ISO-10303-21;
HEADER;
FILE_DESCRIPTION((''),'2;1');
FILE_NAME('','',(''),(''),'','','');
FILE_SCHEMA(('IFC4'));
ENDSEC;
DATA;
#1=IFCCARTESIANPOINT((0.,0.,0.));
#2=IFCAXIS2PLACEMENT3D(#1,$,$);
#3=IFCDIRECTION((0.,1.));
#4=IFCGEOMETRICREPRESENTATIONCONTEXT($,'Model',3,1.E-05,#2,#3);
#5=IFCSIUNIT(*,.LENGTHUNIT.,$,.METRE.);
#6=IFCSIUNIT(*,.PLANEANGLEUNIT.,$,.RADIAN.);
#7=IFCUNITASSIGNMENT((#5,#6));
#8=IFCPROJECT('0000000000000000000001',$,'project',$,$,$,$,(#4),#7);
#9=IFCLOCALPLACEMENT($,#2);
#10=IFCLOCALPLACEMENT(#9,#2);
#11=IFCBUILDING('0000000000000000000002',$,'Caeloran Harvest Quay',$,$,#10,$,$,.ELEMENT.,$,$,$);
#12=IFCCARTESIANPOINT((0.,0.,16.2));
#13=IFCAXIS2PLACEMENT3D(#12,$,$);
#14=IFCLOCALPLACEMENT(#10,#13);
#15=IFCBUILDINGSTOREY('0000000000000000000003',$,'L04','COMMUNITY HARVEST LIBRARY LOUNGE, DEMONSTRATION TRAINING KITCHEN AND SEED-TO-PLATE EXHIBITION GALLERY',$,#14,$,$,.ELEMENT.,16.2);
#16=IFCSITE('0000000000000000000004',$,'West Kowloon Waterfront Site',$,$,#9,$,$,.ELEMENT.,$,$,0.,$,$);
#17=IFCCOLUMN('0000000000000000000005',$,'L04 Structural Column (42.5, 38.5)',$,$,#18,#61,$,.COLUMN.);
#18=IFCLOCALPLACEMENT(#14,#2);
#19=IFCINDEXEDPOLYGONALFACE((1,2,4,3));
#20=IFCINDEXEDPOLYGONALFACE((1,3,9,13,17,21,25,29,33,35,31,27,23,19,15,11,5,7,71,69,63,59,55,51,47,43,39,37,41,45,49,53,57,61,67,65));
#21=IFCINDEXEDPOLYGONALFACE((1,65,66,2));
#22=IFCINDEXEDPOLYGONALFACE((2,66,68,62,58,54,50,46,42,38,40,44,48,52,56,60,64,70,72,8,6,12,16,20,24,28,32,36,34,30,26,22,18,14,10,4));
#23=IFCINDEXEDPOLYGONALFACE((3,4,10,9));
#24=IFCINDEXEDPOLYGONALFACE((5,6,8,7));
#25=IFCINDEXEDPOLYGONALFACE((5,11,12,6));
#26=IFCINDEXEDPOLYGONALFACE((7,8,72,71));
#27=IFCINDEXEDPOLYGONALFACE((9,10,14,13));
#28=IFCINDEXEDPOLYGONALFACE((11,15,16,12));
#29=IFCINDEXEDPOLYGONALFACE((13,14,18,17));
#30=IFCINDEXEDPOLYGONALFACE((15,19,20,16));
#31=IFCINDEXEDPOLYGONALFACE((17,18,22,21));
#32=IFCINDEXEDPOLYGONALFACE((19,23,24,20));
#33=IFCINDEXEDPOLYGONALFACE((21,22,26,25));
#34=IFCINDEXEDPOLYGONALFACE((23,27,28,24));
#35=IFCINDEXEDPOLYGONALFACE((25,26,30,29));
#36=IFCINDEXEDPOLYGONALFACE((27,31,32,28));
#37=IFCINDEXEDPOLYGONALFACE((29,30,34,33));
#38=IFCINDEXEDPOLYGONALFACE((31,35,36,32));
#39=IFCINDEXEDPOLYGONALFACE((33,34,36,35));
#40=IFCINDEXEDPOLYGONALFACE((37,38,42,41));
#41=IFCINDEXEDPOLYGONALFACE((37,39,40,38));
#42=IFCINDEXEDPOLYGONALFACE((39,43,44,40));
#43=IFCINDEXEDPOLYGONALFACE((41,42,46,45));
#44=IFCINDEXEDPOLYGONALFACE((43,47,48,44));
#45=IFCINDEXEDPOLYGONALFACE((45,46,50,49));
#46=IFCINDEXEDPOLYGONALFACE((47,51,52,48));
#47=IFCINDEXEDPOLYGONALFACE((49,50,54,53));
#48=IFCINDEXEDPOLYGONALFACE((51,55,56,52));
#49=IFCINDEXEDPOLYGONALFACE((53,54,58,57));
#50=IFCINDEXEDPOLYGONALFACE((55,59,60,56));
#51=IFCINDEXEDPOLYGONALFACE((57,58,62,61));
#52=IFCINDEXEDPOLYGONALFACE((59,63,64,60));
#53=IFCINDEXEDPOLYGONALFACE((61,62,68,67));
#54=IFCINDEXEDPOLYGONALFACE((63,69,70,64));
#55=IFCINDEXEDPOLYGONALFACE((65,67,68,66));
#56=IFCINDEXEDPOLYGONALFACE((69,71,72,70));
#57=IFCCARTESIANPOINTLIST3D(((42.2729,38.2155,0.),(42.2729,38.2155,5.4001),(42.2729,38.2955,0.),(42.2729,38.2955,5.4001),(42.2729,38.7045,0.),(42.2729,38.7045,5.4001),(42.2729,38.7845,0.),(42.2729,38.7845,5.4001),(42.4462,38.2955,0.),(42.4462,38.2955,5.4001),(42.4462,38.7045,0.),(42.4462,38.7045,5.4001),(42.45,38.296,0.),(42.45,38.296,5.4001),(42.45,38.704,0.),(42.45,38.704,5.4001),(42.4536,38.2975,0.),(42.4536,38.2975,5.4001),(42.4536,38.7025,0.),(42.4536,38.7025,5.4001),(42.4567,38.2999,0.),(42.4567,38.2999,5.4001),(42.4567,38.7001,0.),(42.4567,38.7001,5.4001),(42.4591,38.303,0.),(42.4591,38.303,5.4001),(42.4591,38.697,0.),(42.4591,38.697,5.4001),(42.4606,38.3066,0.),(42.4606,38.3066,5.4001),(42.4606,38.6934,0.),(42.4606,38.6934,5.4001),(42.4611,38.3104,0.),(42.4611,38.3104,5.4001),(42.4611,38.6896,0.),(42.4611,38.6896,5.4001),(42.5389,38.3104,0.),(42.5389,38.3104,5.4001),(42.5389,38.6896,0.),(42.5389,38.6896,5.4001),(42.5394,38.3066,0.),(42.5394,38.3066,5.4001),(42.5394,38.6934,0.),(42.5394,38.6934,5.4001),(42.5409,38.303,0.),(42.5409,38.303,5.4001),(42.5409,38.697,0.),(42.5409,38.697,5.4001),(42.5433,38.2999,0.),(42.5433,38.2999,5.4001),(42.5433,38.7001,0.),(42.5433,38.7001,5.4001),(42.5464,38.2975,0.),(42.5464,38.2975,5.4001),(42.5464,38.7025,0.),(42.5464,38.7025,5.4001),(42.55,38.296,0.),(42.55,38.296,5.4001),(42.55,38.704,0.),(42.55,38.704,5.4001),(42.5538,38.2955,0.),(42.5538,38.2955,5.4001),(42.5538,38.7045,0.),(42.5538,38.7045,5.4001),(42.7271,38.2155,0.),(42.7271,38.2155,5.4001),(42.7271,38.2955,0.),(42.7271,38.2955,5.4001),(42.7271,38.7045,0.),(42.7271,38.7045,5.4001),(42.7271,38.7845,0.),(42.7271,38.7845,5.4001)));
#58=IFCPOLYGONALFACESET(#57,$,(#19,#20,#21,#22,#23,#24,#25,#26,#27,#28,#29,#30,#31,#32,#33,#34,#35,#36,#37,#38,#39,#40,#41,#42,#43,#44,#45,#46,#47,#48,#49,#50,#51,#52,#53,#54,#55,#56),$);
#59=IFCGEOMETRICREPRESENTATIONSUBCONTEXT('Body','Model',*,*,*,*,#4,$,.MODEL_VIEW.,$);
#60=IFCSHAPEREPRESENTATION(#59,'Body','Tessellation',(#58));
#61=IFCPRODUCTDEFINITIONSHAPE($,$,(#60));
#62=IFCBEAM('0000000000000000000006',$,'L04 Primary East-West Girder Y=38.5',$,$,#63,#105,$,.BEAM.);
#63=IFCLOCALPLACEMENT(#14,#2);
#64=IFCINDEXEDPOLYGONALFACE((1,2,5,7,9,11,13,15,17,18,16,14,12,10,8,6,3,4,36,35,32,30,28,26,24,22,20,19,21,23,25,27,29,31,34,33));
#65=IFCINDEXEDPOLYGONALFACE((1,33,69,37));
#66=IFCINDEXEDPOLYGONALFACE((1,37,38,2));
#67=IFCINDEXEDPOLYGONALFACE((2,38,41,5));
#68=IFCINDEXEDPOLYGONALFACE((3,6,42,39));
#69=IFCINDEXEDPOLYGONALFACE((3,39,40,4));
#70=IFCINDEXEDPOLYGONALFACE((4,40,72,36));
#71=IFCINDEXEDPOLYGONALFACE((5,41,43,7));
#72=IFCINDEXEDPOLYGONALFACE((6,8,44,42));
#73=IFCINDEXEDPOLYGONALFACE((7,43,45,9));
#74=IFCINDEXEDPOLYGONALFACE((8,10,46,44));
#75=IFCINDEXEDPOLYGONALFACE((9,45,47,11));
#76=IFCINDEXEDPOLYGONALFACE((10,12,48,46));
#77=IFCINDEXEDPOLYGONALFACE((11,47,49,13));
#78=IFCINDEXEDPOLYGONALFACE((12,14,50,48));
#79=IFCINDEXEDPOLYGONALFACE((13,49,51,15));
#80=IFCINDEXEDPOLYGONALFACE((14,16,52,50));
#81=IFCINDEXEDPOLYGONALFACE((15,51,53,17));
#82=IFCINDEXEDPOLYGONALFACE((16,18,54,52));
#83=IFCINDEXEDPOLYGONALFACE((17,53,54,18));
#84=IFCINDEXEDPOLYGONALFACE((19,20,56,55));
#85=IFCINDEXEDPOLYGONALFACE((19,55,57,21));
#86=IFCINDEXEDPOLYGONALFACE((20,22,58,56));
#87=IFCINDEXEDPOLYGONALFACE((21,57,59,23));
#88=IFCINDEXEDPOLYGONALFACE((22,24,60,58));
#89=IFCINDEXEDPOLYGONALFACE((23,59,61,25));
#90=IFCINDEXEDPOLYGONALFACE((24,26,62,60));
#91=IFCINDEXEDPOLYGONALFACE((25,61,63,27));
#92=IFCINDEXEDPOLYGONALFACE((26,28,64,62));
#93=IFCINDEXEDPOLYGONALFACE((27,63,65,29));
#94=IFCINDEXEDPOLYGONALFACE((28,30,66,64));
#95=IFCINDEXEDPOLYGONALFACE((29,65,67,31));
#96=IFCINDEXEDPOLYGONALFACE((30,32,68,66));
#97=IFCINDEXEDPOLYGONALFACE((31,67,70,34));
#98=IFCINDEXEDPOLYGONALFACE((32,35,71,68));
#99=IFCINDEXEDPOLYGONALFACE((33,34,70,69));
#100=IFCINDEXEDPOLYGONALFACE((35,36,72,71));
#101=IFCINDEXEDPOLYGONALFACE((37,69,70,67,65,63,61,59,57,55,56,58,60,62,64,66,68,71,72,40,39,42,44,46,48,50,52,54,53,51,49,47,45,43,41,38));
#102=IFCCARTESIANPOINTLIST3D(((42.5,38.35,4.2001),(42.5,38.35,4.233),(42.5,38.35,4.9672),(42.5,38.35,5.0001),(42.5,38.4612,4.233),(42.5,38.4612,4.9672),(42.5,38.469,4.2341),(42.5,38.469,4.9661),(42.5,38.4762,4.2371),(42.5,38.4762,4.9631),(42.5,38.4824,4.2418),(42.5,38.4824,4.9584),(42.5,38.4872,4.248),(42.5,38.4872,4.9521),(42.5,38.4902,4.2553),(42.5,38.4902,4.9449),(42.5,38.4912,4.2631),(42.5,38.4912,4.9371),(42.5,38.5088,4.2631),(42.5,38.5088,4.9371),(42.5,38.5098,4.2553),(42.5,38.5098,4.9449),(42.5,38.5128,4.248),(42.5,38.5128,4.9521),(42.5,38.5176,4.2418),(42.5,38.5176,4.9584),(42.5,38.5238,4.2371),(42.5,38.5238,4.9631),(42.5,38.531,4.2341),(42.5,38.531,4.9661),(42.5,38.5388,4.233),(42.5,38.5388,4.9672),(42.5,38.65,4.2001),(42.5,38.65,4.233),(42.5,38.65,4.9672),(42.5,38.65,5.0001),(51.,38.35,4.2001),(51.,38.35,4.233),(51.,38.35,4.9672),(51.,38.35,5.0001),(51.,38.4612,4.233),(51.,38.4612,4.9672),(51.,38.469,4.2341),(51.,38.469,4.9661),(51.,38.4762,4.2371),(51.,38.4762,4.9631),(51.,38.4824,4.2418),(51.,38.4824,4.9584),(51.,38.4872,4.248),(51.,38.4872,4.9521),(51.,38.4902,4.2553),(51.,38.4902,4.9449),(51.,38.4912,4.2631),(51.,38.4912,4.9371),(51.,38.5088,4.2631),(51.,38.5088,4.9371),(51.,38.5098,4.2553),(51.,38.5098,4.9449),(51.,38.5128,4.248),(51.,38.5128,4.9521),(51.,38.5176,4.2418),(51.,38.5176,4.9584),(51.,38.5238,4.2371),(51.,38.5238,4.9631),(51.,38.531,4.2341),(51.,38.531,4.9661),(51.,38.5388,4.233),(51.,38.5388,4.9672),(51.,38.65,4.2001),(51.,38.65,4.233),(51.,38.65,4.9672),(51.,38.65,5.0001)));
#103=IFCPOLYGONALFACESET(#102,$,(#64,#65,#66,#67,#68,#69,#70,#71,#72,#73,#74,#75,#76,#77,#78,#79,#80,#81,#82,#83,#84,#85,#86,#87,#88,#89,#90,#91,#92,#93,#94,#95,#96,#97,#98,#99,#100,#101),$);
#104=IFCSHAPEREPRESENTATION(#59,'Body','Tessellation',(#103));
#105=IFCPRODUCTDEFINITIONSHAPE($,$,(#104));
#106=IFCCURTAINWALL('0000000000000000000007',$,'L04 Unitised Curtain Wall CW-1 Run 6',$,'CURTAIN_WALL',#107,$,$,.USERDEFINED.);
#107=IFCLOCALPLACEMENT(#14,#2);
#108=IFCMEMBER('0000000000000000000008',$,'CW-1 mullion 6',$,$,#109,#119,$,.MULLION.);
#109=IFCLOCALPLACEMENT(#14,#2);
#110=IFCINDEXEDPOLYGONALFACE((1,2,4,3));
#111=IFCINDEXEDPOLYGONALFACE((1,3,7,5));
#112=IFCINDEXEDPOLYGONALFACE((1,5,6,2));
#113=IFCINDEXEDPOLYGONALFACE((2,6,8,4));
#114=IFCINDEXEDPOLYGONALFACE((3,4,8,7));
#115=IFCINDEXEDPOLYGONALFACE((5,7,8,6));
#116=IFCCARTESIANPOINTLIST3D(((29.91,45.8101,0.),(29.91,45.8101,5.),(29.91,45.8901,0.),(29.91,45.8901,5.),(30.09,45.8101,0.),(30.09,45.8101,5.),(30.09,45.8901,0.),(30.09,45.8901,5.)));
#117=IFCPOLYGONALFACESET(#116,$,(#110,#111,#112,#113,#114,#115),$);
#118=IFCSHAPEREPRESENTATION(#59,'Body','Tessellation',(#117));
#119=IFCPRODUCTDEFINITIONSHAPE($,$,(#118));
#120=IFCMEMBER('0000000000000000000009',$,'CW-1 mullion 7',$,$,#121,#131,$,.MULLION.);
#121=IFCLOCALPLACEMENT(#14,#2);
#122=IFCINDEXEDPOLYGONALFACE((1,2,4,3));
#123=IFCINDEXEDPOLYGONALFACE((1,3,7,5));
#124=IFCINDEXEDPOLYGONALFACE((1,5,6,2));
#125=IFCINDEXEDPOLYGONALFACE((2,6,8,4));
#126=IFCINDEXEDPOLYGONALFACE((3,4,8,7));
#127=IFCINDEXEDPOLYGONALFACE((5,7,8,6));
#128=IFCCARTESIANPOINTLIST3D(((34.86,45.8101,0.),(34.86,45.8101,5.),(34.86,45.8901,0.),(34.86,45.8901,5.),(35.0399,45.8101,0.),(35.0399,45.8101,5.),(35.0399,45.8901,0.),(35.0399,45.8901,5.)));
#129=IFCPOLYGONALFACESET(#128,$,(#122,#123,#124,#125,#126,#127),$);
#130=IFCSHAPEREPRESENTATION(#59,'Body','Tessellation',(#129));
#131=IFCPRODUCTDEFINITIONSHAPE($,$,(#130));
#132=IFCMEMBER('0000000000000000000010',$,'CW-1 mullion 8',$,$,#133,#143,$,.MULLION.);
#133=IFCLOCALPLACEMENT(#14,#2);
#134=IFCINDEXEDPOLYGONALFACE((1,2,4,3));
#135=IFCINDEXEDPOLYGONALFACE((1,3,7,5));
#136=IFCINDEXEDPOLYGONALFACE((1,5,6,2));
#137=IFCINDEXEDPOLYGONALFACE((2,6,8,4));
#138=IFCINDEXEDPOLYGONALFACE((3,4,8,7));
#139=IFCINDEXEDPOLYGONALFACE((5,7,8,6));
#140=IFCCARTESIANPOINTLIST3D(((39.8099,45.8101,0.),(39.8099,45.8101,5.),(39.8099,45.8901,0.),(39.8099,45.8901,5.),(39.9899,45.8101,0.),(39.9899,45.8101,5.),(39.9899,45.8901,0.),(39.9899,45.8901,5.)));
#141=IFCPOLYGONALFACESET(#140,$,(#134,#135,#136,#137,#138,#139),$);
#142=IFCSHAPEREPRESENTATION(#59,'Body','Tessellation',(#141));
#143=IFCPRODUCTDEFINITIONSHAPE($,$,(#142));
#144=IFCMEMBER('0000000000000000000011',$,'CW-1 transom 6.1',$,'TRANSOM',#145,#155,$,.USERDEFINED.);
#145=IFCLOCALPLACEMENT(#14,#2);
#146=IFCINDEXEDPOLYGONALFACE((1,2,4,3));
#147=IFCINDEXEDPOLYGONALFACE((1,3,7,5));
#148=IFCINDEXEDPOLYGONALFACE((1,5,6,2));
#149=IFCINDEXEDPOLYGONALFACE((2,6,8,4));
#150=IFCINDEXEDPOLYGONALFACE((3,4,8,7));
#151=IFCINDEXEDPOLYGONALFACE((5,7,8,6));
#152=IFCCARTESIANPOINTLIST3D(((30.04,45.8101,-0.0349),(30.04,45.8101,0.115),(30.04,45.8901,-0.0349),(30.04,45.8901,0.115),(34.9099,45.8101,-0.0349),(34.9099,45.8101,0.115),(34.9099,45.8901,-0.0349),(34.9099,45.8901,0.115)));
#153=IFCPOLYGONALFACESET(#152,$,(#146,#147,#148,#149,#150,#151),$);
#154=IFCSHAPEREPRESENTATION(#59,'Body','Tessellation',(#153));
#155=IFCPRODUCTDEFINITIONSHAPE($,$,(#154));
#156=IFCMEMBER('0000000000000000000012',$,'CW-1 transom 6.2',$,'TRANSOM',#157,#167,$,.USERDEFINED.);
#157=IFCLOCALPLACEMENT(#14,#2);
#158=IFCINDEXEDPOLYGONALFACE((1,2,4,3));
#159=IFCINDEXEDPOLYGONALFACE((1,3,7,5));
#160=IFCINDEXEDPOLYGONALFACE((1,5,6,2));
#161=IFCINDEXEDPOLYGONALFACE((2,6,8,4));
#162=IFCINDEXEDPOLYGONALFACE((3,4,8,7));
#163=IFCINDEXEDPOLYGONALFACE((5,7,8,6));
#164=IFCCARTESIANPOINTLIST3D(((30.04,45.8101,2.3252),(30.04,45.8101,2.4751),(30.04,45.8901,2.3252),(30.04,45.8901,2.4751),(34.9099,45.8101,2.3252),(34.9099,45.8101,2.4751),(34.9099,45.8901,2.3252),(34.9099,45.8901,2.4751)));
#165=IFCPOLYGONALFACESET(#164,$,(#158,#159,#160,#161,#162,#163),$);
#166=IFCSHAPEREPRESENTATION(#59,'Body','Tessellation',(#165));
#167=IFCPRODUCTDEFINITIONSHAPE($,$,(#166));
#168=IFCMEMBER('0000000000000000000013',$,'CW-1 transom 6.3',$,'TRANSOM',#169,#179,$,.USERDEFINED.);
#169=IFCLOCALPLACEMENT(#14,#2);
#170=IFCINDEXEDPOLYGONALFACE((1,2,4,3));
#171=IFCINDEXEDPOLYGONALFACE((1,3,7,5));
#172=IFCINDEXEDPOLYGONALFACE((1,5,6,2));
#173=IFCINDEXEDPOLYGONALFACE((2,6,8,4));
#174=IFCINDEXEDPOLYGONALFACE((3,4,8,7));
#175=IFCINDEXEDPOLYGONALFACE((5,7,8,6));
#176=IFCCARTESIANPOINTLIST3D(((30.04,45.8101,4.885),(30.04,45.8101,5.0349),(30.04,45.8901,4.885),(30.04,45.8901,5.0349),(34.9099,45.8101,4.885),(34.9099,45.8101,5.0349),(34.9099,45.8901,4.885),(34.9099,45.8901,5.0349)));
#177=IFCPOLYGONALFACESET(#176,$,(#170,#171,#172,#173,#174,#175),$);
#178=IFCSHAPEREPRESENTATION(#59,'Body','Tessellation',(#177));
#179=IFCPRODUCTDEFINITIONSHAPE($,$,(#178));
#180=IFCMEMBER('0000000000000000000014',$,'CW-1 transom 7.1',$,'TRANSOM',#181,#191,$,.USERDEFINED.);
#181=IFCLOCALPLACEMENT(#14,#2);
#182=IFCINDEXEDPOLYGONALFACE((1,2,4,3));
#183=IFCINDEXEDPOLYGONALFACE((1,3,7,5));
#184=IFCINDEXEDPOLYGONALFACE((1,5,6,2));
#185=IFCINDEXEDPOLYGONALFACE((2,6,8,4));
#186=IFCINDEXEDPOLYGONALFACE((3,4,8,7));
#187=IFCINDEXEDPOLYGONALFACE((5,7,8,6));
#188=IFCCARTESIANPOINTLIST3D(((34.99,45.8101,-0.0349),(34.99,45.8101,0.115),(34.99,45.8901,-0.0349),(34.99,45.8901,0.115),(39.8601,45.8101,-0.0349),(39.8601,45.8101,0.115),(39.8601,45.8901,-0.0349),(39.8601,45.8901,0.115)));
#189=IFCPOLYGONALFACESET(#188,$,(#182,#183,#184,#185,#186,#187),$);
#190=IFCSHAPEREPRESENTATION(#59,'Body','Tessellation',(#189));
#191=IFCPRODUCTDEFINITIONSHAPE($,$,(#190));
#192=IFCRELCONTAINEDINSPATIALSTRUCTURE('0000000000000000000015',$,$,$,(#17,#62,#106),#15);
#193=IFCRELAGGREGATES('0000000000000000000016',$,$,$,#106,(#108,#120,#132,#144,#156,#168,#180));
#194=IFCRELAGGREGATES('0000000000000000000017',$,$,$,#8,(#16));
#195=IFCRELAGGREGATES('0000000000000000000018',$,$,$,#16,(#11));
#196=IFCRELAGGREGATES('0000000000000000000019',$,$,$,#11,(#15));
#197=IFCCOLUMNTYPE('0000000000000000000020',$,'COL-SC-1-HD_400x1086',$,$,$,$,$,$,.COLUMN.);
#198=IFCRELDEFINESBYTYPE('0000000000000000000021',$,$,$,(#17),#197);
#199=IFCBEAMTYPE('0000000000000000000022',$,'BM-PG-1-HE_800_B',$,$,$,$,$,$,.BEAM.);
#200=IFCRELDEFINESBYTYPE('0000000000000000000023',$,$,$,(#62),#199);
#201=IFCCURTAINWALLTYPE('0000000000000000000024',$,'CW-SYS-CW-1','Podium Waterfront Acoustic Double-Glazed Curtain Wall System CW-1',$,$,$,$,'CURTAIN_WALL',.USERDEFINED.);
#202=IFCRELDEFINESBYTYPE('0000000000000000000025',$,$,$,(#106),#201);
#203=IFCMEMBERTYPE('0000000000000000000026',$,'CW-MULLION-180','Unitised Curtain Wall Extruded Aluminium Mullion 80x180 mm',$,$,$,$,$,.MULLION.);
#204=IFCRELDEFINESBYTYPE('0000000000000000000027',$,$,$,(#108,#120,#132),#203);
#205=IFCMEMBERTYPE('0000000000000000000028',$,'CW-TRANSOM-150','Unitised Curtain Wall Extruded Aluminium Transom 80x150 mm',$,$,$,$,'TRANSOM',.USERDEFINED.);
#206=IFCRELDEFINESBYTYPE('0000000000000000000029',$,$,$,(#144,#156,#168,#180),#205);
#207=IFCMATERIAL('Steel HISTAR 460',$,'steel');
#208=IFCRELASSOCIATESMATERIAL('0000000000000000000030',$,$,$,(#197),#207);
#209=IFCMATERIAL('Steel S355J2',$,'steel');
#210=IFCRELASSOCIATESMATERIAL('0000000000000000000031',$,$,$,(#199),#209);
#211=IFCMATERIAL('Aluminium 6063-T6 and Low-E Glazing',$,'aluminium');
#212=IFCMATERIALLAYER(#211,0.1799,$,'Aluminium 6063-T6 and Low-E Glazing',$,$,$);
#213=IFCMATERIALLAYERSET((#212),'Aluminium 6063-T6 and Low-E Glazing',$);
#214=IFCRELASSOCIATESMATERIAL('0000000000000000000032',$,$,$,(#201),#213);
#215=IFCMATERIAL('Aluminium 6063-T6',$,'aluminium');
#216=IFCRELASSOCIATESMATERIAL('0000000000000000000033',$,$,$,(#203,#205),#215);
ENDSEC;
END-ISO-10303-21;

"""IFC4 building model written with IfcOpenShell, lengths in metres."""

from ifc_helpers import new_model, si_unit, direction, frame, origin, origin_2d, place, context, subcontext, project, spatial, rectangle, i_section, extrude, material, layer, layer_set, material_profile, profile_set, type_object, element, aggregate, save


model = new_model("IFC4")

# Units and contexts
model_context = context("Model", 3, precision=1e-05, world=origin(), true_north=direction((0.0, 1.0)))
body_context = subcontext(model_context, "Body", "Model", "MODEL_VIEW")
ifc_project = project(units=[si_unit("LENGTHUNIT", "METRE"), si_unit("PLANEANGLEUNIT", "RADIAN")], contexts=[model_context])

# Site, building, storey
site_placement = place(None, origin())
site = spatial("IfcSite", under=ifc_project, at=site_placement, Name="West Kowloon Waterfront Site", CompositionType="ELEMENT", RefElevation=0.0)
building_placement = place(site_placement, origin())
building = spatial("IfcBuilding", under=site, at=building_placement, Name="Caeloran Harvest Quay", CompositionType="ELEMENT")
storey_placement = place(building_placement, frame((0.0, 0.0, 16.2)))
storey = spatial("IfcBuildingStorey", under=building, at=storey_placement, Name="L04", Description="COMMUNITY HARVEST LIBRARY LOUNGE, DEMONSTRATION TRAINING KITCHEN AND SEED-TO-PLATE EXHIBITION GALLERY", CompositionType="ELEMENT", Elevation=16.2)

# Column
ifc_material_1 = material(Name="Steel HISTAR 460", Category="steel")
ifc_material_profile_1 = material_profile(ifc_material_1, i_section(OverallWidth=0.4541, OverallDepth=0.5691, WebThickness=0.0779, FlangeThickness=0.0801, FilletRadius=0.0149, at=origin_2d()), Name="HD 400x1086")
ifc_profile_set_1 = profile_set([ifc_material_profile_1], Name="Steel HISTAR 460")
column_type = type_object("IfcColumnType", Name="COL-SC-1-HD_400x1086", PredefinedType="COLUMN", material=ifc_profile_set_1)
column_placement = place(storey_placement, frame((42.5, 38.5, 0.0), z_axis=(0.0, 0.0, 1.0), x_axis=(1.0, 0.0, 0.0)))
element("IfcColumn", 1, at=column_placement, inside=storey, type_object=column_type, Name="L04 Structural Column (42.5, 38.5)", PredefinedType="COLUMN", context=body_context, shape_type="SweptSolid", body=[
    extrude(i_section(OverallWidth=0.4541, OverallDepth=0.5691, WebThickness=0.0779, FlangeThickness=0.0801, FilletRadius=0.0149, at=origin_2d()), origin(), (0.0, 0.0, 1.0), 5.4001),
])

# Beam
ifc_material_2 = material(Name="Steel S355J2", Category="steel")
ifc_material_profile_2 = material_profile(ifc_material_2, i_section(OverallWidth=0.3, OverallDepth=0.8, WebThickness=0.0176, FlangeThickness=0.033, FilletRadius=0.03, at=origin_2d()), Name="HE 800 B")
ifc_profile_set_2 = profile_set([ifc_material_profile_2], Name="Steel S355J2")
beam_type = type_object("IfcBeamType", Name="BM-PG-1-HE_800_B", PredefinedType="BEAM", material=ifc_profile_set_2)
beam_placement = place(storey_placement, frame((42.5, 38.5, 4.6001), z_axis=(1.0, 0.0, 0.0), x_axis=(0.0, 1.0, 0.0)))
element("IfcBeam", 2, at=beam_placement, inside=storey, type_object=beam_type, Name="L04 Primary East-West Girder Y=38.5", PredefinedType="BEAM", context=body_context, shape_type="SweptSolid", body=[
    extrude(i_section(OverallWidth=0.3, OverallDepth=0.8, WebThickness=0.0176, FlangeThickness=0.033, FilletRadius=0.03, at=origin_2d()), origin(), (0.0, 0.0, 1.0), 8.5),
])

# Curtain wall, members
ifc_material_3 = material(Name="Aluminium 6063-T6 and Low-E Glazing", Category="aluminium")
ifc_layer_1 = layer(ifc_material_3, 0.1799, Name="Aluminium 6063-T6 and Low-E Glazing")
ifc_layer_set_1 = layer_set([ifc_layer_1], Name="Aluminium 6063-T6 and Low-E Glazing")
curtain_wall_type = type_object("IfcCurtainWallType", Name="CW-SYS-CW-1", Description="Podium Waterfront Acoustic Double-Glazed Curtain Wall System CW-1", ElementType="CURTAIN_WALL", PredefinedType="USERDEFINED", material=ifc_layer_set_1)
curtain_wall_placement = place(storey_placement, origin())
curtain_wall = element("IfcCurtainWall", 3, at=curtain_wall_placement, inside=storey, type_object=curtain_wall_type, Name="L04 Unitised Curtain Wall CW-1 Run 6", ObjectType="CURTAIN_WALL", PredefinedType="USERDEFINED")
ifc_material_4 = material(Name="Aluminium 6063-T6", Category="aluminium")
ifc_material_profile_3 = material_profile(ifc_material_4, rectangle(XDim=0.0801, YDim=0.1799, at=origin_2d()), Name="CW-MULLION-180")
ifc_profile_set_3 = profile_set([ifc_material_profile_3], Name="Aluminium 6063-T6")
member_type_1 = type_object("IfcMemberType", Name="CW-MULLION-180", Description="Unitised Curtain Wall Extruded Aluminium Mullion 80x180 mm", PredefinedType="MULLION", material=ifc_profile_set_3)
member_1_placement = place(storey_placement, frame((30.0, 45.8501, 0.0), z_axis=(0.0, 0.0, 1.0), x_axis=(0.0, 1.0, 0.0)))
member_1 = element("IfcMember", 4, at=member_1_placement, type_object=member_type_1, Name="CW-1 mullion 6", PredefinedType="MULLION", context=body_context, shape_type="SweptSolid", body=[
    extrude(rectangle(XDim=0.0801, YDim=0.1799, at=origin_2d()), origin(), (0.0, 0.0, 1.0), 5.0),
])
member_2_placement = place(storey_placement, frame((34.95, 45.8501, 0.0), z_axis=(0.0, 0.0, 1.0), x_axis=(0.0, 1.0, 0.0)))
member_2 = element("IfcMember", 5, at=member_2_placement, type_object=member_type_1, Name="CW-1 mullion 7", PredefinedType="MULLION", context=body_context, shape_type="SweptSolid", body=[
    extrude(rectangle(XDim=0.0801, YDim=0.1799, at=origin_2d()), origin(), (0.0, 0.0, 1.0), 5.0),
])
member_3_placement = place(storey_placement, frame((39.8999, 45.8501, 0.0), z_axis=(0.0, 0.0, 1.0), x_axis=(0.0, 1.0, 0.0)))
member_3 = element("IfcMember", 6, at=member_3_placement, type_object=member_type_1, Name="CW-1 mullion 8", PredefinedType="MULLION", context=body_context, shape_type="SweptSolid", body=[
    extrude(rectangle(XDim=0.0801, YDim=0.1799, at=origin_2d()), origin(), (0.0, 0.0, 1.0), 5.0),
])
ifc_material_profile_4 = material_profile(ifc_material_4, rectangle(XDim=0.0801, YDim=0.1499, at=origin_2d()), Name="CW-TRANSOM-150")
ifc_profile_set_4 = profile_set([ifc_material_profile_4], Name="Aluminium 6063-T6")
member_type_2 = type_object("IfcMemberType", Name="CW-TRANSOM-150", Description="Unitised Curtain Wall Extruded Aluminium Transom 80x150 mm", ElementType="TRANSOM", PredefinedType="USERDEFINED", material=ifc_profile_set_4)
member_4_placement = place(storey_placement, frame((30.04, 45.8501, 0.04), z_axis=(1.0, 0.0, 0.0), x_axis=(0.0, 1.0, 0.0)))
member_4 = element("IfcMember", 7, at=member_4_placement, type_object=member_type_2, Name="CW-1 transom 6.1", ObjectType="TRANSOM", PredefinedType="USERDEFINED", context=body_context, shape_type="SweptSolid", body=[
    extrude(rectangle(XDim=0.0801, YDim=0.1499, at=origin_2d()), origin(), (0.0, 0.0, 1.0), 4.8699),
])
member_5_placement = place(storey_placement, frame((30.04, 45.8501, 2.4001), z_axis=(1.0, 0.0, 0.0), x_axis=(0.0, 1.0, 0.0)))
member_5 = element("IfcMember", 8, at=member_5_placement, type_object=member_type_2, Name="CW-1 transom 6.2", ObjectType="TRANSOM", PredefinedType="USERDEFINED", context=body_context, shape_type="SweptSolid", body=[
    extrude(rectangle(XDim=0.0801, YDim=0.1499, at=origin_2d()), origin(), (0.0, 0.0, 1.0), 4.8699),
])
member_6_placement = place(storey_placement, frame((30.04, 45.8501, 4.96), z_axis=(1.0, 0.0, 0.0), x_axis=(0.0, 1.0, 0.0)))
member_6 = element("IfcMember", 9, at=member_6_placement, type_object=member_type_2, Name="CW-1 transom 6.3", ObjectType="TRANSOM", PredefinedType="USERDEFINED", context=body_context, shape_type="SweptSolid", body=[
    extrude(rectangle(XDim=0.0801, YDim=0.1499, at=origin_2d()), origin(), (0.0, 0.0, 1.0), 4.8699),
])
member_7_placement = place(storey_placement, frame((34.99, 45.8501, 0.04), z_axis=(1.0, 0.0, 0.0), x_axis=(0.0, 1.0, 0.0)))
member_7 = element("IfcMember", 10, at=member_7_placement, type_object=member_type_2, Name="CW-1 transom 7.1", ObjectType="TRANSOM", PredefinedType="USERDEFINED", context=body_context, shape_type="SweptSolid", body=[
    extrude(rectangle(XDim=0.0801, YDim=0.1499, at=origin_2d()), origin(), (0.0, 0.0, 1.0), 4.8701),
])
aggregate(curtain_wall, [member_1, member_2, member_3, member_4, member_5, member_6, member_7])

save(model, "model.ifc")
